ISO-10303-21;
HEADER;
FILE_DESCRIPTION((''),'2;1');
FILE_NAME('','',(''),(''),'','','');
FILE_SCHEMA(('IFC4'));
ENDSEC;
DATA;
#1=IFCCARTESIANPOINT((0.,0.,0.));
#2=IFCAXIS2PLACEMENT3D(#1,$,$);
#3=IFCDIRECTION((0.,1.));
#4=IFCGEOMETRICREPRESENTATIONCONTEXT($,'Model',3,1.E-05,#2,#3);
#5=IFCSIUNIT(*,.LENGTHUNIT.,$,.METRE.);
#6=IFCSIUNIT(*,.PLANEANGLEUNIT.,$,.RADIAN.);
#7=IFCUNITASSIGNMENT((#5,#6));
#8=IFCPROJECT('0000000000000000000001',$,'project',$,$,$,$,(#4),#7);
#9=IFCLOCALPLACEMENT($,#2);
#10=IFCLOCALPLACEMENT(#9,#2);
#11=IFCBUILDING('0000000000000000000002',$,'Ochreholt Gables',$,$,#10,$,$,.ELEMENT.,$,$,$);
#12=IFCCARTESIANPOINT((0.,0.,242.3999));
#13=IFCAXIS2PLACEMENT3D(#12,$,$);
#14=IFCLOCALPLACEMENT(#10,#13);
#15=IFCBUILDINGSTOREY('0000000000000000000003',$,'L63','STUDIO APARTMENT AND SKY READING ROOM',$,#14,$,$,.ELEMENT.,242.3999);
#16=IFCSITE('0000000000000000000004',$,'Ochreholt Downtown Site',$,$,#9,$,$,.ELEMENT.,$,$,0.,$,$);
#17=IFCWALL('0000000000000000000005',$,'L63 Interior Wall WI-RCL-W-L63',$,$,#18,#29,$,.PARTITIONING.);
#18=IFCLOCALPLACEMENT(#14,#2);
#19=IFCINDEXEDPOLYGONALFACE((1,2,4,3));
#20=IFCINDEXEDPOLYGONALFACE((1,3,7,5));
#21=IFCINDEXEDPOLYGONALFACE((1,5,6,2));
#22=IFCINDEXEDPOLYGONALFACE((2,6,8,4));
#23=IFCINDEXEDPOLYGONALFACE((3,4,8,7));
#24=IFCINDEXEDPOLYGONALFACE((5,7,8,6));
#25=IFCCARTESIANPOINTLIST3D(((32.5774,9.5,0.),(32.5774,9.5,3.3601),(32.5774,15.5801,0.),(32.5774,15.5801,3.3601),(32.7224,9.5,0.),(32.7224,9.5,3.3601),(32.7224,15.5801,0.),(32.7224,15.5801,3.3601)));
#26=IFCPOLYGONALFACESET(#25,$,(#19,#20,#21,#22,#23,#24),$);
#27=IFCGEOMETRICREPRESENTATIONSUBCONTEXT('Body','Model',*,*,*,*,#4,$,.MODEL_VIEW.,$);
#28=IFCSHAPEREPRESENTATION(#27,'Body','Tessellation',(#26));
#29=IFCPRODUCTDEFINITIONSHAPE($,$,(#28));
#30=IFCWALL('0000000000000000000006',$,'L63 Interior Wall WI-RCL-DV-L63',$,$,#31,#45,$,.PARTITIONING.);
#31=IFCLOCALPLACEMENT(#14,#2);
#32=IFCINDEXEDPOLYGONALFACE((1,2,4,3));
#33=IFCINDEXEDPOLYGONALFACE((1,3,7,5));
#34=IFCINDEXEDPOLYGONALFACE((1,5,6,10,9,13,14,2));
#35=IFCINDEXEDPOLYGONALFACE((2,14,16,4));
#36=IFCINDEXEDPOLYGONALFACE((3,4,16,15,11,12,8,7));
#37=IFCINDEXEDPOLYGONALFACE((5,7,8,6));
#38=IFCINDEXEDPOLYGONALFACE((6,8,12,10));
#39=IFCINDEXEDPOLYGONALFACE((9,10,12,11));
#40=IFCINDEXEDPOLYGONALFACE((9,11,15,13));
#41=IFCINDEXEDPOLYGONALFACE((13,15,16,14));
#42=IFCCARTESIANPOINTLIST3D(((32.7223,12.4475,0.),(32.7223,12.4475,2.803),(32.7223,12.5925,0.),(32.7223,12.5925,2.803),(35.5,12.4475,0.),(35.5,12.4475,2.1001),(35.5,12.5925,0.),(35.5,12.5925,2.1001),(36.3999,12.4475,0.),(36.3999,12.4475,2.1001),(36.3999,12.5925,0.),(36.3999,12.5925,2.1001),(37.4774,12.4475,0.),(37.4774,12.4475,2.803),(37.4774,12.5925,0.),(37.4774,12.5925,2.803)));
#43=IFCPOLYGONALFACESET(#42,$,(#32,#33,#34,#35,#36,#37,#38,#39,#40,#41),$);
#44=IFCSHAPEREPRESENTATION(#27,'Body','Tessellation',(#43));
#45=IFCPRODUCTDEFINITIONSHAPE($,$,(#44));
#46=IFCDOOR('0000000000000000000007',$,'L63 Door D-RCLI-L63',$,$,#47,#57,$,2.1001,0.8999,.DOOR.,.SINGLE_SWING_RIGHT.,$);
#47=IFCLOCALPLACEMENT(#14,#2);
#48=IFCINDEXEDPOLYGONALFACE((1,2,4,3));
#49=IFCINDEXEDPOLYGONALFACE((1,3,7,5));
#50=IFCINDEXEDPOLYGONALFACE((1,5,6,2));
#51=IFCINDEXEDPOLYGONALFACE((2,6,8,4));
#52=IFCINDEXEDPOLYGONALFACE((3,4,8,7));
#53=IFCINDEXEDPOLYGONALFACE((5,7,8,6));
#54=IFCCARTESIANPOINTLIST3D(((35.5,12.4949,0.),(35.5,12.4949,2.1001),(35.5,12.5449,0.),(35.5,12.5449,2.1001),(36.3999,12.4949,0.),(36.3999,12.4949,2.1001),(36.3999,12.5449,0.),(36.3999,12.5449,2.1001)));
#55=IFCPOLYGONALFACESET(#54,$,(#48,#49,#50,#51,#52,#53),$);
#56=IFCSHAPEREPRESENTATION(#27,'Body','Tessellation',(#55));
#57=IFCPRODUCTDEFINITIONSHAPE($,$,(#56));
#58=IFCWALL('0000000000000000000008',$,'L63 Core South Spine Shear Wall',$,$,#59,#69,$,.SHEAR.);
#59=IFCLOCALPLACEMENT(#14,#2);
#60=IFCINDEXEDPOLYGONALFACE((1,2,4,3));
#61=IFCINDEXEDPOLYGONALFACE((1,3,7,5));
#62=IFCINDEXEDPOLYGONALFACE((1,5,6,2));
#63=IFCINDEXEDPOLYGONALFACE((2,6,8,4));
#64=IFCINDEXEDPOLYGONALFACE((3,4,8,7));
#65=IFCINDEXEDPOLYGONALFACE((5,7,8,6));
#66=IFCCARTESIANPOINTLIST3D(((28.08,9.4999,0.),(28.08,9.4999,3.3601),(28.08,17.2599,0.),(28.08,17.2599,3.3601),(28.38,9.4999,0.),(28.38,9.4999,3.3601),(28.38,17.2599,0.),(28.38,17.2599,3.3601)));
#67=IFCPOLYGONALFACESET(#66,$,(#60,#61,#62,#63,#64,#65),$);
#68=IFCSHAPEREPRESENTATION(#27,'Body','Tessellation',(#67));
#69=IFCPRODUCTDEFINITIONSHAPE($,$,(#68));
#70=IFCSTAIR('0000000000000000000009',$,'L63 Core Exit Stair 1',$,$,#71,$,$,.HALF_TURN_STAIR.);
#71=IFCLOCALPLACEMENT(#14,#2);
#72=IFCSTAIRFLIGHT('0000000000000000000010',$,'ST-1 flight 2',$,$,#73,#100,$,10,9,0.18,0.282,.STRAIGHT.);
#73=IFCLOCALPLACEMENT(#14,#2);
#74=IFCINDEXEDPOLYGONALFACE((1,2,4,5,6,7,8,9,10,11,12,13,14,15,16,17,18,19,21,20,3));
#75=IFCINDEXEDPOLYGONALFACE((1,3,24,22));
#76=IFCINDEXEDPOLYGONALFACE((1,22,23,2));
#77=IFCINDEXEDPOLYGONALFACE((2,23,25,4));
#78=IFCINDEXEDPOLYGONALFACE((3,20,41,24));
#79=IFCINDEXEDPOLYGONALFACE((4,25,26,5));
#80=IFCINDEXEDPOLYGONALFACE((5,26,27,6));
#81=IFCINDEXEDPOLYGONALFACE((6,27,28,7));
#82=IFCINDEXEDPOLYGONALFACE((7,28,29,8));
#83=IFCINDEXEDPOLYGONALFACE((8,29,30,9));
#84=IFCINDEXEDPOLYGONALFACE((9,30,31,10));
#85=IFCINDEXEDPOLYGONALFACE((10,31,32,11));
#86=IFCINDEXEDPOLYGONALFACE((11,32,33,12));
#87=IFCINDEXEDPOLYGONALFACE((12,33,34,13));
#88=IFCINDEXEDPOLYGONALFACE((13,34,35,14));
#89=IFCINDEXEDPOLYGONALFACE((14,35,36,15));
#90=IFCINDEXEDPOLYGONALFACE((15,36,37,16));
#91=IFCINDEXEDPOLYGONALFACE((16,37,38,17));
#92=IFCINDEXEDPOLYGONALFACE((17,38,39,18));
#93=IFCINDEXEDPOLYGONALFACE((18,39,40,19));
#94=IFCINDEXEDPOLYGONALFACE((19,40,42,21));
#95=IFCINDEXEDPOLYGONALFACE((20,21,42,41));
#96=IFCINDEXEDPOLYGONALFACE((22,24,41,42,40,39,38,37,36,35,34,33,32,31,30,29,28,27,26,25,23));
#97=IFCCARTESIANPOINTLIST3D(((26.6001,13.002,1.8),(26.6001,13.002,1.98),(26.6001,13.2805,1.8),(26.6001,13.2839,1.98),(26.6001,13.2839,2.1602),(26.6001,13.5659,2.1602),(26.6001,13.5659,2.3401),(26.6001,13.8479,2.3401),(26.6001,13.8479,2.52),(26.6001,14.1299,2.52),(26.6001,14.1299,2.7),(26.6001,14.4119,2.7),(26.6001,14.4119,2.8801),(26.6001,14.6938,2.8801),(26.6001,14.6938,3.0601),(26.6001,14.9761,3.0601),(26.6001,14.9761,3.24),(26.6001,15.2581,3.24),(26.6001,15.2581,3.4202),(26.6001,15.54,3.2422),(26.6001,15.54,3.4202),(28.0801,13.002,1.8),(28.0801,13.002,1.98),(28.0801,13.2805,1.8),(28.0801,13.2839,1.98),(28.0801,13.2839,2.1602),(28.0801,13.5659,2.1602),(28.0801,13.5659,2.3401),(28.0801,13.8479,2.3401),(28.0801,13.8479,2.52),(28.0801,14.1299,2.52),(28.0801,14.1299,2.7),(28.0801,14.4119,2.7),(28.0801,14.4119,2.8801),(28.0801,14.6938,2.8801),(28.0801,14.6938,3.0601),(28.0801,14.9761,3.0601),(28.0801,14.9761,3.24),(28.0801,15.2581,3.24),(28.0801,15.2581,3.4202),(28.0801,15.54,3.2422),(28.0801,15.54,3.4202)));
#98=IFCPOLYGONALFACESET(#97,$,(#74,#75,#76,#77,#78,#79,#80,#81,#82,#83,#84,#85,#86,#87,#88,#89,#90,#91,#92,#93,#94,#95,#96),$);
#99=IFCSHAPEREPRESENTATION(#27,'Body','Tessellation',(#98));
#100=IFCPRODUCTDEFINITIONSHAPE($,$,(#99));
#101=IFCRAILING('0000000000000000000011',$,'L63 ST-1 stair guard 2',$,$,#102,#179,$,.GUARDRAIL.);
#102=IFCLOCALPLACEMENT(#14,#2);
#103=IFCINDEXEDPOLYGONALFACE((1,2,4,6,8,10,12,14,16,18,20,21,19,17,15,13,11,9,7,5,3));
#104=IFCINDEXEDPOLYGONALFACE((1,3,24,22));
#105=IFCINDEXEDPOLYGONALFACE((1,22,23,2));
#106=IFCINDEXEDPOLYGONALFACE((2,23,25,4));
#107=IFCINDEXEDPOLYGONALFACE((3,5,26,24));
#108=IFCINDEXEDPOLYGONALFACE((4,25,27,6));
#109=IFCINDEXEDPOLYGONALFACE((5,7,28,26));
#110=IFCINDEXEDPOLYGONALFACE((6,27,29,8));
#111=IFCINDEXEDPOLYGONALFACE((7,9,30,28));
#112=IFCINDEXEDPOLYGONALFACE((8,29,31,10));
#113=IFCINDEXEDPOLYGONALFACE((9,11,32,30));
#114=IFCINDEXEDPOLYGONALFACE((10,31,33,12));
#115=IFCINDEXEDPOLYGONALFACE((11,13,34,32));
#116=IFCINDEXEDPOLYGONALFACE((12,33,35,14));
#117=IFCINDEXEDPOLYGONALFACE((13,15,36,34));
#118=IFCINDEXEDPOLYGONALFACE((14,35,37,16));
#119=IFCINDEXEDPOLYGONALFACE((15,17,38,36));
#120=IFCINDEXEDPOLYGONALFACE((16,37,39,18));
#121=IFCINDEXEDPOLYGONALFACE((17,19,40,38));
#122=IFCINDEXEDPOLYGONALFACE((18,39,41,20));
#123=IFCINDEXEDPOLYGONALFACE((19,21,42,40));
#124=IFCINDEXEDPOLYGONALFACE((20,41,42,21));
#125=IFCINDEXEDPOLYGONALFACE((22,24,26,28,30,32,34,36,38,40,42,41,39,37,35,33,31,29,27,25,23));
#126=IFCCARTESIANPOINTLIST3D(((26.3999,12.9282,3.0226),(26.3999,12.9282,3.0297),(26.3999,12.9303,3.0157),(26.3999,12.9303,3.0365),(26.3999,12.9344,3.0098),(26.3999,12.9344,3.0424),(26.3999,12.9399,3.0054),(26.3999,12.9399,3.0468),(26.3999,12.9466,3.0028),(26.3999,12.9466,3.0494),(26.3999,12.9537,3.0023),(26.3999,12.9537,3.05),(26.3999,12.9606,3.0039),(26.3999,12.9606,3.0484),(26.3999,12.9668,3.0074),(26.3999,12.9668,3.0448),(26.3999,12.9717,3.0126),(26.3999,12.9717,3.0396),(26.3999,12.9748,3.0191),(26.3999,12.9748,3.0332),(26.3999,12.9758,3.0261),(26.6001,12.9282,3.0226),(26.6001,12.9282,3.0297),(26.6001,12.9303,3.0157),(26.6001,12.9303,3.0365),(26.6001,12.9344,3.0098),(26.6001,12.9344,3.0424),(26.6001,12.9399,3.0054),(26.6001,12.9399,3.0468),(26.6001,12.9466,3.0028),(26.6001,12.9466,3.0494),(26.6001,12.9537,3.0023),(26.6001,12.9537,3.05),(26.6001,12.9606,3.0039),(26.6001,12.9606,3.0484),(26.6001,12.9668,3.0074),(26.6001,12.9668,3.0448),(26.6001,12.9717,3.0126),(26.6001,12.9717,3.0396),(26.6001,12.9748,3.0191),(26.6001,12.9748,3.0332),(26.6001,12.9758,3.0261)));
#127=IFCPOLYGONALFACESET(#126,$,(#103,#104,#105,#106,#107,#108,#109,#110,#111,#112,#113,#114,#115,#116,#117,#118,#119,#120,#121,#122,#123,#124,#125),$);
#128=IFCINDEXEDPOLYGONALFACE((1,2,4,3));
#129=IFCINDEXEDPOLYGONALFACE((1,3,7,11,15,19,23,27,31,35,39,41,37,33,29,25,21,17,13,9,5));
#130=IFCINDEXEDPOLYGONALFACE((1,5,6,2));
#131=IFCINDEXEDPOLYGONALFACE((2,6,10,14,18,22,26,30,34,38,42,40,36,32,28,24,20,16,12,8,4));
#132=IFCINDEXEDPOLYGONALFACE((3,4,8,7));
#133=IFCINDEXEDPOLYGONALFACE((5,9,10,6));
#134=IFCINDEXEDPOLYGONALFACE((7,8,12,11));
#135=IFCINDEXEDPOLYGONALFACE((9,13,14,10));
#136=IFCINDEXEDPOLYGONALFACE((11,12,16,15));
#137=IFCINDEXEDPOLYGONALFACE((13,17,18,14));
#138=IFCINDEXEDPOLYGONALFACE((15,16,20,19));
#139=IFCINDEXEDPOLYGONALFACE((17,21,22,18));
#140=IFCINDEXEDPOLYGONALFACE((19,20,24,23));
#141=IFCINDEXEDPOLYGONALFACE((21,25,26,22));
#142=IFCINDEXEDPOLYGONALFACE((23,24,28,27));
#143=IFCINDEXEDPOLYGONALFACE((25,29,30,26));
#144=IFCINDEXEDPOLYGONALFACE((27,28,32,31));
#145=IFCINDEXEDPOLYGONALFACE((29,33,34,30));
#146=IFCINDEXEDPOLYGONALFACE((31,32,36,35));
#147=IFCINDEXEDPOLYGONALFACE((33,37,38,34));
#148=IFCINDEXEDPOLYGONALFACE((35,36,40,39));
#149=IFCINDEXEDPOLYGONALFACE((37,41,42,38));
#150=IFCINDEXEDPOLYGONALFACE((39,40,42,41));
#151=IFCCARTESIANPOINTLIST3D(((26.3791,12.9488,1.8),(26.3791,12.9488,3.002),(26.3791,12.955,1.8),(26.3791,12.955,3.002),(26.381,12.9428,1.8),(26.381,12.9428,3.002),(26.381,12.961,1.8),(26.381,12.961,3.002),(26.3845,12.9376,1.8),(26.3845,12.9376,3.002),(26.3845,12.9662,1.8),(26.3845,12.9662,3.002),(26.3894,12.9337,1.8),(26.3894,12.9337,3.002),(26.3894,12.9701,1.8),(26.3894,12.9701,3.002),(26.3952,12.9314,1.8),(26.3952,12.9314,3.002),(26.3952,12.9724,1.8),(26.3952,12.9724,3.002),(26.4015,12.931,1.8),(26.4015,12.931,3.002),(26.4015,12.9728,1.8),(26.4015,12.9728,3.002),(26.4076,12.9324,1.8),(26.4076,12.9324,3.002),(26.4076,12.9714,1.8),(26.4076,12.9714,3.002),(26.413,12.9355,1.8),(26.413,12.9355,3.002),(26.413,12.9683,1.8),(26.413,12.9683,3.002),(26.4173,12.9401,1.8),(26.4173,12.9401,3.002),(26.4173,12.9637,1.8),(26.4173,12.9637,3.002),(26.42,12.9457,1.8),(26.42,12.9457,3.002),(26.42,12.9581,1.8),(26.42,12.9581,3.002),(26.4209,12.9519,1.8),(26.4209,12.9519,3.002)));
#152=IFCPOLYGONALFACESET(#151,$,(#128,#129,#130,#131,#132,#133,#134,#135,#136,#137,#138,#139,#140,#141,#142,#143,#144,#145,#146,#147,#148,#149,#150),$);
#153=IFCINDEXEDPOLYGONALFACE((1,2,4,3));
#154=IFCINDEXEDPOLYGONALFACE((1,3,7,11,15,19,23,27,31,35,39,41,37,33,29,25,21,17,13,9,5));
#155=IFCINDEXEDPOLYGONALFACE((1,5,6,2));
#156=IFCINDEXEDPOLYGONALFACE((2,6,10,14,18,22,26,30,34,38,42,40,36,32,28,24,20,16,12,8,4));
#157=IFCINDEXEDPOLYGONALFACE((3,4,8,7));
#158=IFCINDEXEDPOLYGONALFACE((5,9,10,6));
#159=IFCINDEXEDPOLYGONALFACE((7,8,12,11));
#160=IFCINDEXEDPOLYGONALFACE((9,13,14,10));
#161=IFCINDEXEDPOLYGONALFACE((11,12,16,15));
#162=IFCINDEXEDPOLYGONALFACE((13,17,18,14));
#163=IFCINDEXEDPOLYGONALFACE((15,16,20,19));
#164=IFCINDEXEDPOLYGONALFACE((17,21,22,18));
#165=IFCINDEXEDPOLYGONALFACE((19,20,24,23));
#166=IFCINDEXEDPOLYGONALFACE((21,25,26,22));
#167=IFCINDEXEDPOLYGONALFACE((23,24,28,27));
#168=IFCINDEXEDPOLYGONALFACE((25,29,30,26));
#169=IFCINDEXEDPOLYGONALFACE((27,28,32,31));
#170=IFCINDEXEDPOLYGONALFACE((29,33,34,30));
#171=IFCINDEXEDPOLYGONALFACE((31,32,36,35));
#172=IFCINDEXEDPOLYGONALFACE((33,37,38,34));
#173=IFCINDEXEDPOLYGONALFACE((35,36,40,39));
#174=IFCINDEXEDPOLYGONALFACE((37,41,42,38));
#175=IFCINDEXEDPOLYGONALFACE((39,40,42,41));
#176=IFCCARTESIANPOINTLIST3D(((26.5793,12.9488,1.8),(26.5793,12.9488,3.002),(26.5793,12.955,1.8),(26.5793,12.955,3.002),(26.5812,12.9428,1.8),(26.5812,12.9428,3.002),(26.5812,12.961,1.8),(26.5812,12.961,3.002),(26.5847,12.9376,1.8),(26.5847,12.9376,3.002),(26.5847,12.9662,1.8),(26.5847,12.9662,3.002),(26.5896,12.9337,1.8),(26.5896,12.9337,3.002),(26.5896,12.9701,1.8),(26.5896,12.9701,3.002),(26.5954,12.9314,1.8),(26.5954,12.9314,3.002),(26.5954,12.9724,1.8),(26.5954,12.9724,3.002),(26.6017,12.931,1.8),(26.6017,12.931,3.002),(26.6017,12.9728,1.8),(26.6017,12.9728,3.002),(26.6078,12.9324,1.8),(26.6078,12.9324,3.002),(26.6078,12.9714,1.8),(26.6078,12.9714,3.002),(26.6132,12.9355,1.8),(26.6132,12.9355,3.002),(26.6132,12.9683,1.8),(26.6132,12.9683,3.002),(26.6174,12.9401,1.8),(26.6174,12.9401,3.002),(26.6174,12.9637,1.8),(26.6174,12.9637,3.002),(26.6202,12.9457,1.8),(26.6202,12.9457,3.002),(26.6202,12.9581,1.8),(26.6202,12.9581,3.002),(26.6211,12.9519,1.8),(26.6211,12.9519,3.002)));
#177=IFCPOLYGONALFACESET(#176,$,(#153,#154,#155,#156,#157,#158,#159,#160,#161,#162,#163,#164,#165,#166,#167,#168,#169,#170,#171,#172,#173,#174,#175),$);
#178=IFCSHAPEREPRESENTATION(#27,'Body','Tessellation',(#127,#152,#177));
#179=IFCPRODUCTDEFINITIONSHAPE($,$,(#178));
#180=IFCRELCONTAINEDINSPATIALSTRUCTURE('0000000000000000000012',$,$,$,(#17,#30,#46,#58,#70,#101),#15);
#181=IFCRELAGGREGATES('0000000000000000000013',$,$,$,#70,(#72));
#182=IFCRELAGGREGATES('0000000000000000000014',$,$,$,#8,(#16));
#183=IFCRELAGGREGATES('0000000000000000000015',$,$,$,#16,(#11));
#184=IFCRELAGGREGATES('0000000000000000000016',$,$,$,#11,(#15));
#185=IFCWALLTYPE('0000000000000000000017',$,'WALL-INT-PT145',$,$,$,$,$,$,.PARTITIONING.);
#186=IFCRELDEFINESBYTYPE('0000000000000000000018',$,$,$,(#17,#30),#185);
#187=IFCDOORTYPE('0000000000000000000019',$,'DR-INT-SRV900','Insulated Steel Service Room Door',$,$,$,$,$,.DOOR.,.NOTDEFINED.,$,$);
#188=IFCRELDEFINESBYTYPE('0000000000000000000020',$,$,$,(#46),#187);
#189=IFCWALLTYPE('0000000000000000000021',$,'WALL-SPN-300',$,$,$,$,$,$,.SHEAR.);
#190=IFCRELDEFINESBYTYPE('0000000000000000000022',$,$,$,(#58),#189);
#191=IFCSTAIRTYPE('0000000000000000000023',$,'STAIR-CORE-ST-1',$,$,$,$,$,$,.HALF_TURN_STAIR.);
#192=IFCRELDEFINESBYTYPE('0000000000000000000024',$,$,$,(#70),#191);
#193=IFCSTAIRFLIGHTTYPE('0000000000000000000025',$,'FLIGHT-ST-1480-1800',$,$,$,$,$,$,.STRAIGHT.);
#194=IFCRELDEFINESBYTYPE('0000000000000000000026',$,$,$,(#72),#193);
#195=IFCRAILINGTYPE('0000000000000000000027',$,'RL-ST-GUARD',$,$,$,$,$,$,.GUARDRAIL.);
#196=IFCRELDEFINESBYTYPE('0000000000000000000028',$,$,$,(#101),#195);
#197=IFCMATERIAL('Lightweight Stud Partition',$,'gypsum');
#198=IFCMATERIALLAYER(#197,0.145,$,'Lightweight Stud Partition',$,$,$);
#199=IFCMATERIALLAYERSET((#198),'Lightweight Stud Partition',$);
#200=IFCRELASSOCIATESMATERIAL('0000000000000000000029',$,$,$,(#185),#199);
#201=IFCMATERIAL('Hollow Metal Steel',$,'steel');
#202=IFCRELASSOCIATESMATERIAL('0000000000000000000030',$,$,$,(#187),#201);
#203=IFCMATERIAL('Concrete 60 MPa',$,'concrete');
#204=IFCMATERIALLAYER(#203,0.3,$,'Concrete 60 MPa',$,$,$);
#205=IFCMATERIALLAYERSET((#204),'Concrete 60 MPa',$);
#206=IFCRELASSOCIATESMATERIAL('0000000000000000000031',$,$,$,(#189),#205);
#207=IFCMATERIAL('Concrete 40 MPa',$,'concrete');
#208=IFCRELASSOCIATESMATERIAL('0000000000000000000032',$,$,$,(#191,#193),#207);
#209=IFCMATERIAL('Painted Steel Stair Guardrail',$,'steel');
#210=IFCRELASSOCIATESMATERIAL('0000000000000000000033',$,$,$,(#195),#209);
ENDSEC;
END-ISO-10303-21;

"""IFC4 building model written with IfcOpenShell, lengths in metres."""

from ifc_helpers import new_model, si_unit, direction, frame, frame_2d, origin, origin_2d, place, context, subcontext, project, spatial, polyline, rectangle, circle, outline, extrude, material, layer, layer_set, type_object, element, fill, aggregate, save


model = new_model("IFC4")

# Units and contexts
model_context = context("Model", 3, precision=1e-05, world=origin(), true_north=direction((0.0, 1.0)))
body_context = subcontext(model_context, "Body", "Model", "MODEL_VIEW")
ifc_project = project(units=[si_unit("LENGTHUNIT", "METRE"), si_unit("PLANEANGLEUNIT", "RADIAN")], contexts=[model_context])

# Site, building, storey
site_placement = place(None, origin())
site = spatial("IfcSite", under=ifc_project, at=site_placement, Name="Ochreholt Downtown Site", CompositionType="ELEMENT", RefElevation=0.0)
building_placement = place(site_placement, origin())
building = spatial("IfcBuilding", under=site, at=building_placement, Name="Ochreholt Gables", CompositionType="ELEMENT")
storey_placement = place(building_placement, frame((0.0, 0.0, 242.3999)))
storey = spatial("IfcBuildingStorey", under=building, at=storey_placement, Name="L63", Description="STUDIO APARTMENT AND SKY READING ROOM", CompositionType="ELEMENT", Elevation=242.3999)

# Wall
ifc_material_1 = material(Name="Lightweight Stud Partition", Category="gypsum")
ifc_layer_1 = layer(ifc_material_1, 0.145, Name="Lightweight Stud Partition")
ifc_layer_set_1 = layer_set([ifc_layer_1], Name="Lightweight Stud Partition")
wall_type_1 = type_object("IfcWallType", Name="WALL-INT-PT145", PredefinedType="PARTITIONING", material=ifc_layer_set_1)
wall_1_placement = place(storey_placement, frame((32.6499, 9.5, 0.0), z_axis=(0.0, 0.0, 1.0), x_axis=(0.0, 1.0, 0.0)))
element("IfcWall", 1, at=wall_1_placement, inside=storey, type_object=wall_type_1, Name="L63 Interior Wall WI-RCL-W-L63", PredefinedType="PARTITIONING", context=body_context, shape_type="SweptSolid", body=[
    extrude(rectangle(XDim=6.0801, YDim=0.145, at=frame_2d((3.04, 0.0))), origin(), (0.0, 0.0, 1.0), 3.3601),
])

# Wall, opening, door
wall_2_placement = place(storey_placement, frame((32.7224, 12.52, 0.0), z_axis=(0.0, 0.0, 1.0), x_axis=(1.0, 0.0, 0.0)))
wall_2 = element("IfcWall", 2, at=wall_2_placement, inside=storey, type_object=wall_type_1, Name="L63 Interior Wall WI-RCL-DV-L63", PredefinedType="PARTITIONING", context=body_context, shape_type="SweptSolid", body=[
    extrude(rectangle(XDim=4.7551, YDim=0.145, at=frame_2d((2.3774, 0.0))), origin(), (0.0, 0.0, 1.0), 2.803),
])
opening_1_placement = place(wall_2_placement, frame((2.7776, 0.0, 0.0)))
opening_1 = element("IfcOpeningElement", 3, at=opening_1_placement, cuts=wall_2, PredefinedType="OPENING", context=body_context, shape_type="SweptSolid", body=[
    extrude(rectangle(XDim=0.8999, YDim=2.1001, at=frame_2d((0.45, 1.05))), frame((0.0, 0.0825, 0.0), z_axis=(0.0, -1.0, 0.0), x_axis=(1.0, 0.0, 0.0)), (0.0, 0.0, 1.0), 0.165),
])
ifc_material_2 = material(Name="Hollow Metal Steel", Category="steel")
door_type = type_object("IfcDoorType", Name="DR-INT-SRV900", Description="Insulated Steel Service Room Door", OperationType="NOTDEFINED", PredefinedType="DOOR", material=ifc_material_2)
door_placement = place(opening_1_placement, origin())
door = element("IfcDoor", 4, at=door_placement, inside=storey, type_object=door_type, Name="L63 Door D-RCLI-L63", OperationType="SINGLE_SWING_RIGHT", OverallHeight=2.1001, OverallWidth=0.8999, PredefinedType="DOOR", context=body_context, shape_type="SweptSolid", body=[
    extrude(rectangle(XDim=0.8999, YDim=2.1001, at=frame_2d((0.45, 1.05))), frame((0.0, 0.0249, 0.0), z_axis=(0.0, -1.0, 0.0), x_axis=(1.0, 0.0, 0.0)), (0.0, 0.0, 1.0), 0.05),
])
fill(opening_1, door)

# Wall
ifc_material_3 = material(Name="Concrete 60 MPa", Category="concrete")
ifc_layer_2 = layer(ifc_material_3, 0.3, Name="Concrete 60 MPa")
ifc_layer_set_2 = layer_set([ifc_layer_2], Name="Concrete 60 MPa")
wall_type_2 = type_object("IfcWallType", Name="WALL-SPN-300", PredefinedType="SHEAR", material=ifc_layer_set_2)
wall_3_placement = place(storey_placement, frame((28.23, 9.5, 0.0), z_axis=(0.0, 0.0, 1.0), x_axis=(0.0, 1.0, 0.0)))
element("IfcWall", 5, at=wall_3_placement, inside=storey, type_object=wall_type_2, Name="L63 Core South Spine Shear Wall", PredefinedType="SHEAR", context=body_context, shape_type="SweptSolid", body=[
    extrude(rectangle(XDim=7.76, YDim=0.3, at=frame_2d((3.8799, 0.0))), origin(), (0.0, 0.0, 1.0), 3.3601),
])

# Stair, stair flight
ifc_material_4 = material(Name="Concrete 40 MPa", Category="concrete")
stair_type = type_object("IfcStairType", Name="STAIR-CORE-ST-1", PredefinedType="HALF_TURN_STAIR", material=ifc_material_4)
stair_placement = place(storey_placement, origin())
stair = element("IfcStair", 6, at=stair_placement, inside=storey, type_object=stair_type, Name="L63 Core Exit Stair 1", PredefinedType="HALF_TURN_STAIR")
stair_flight_type = type_object("IfcStairFlightType", Name="FLIGHT-ST-1480-1800", PredefinedType="STRAIGHT", material=ifc_material_4)
stair_flight_placement = place(storey_placement, frame((27.3401, 13.002, 1.8), z_axis=(0.0, 0.0, 1.0), x_axis=(0.0, 1.0, 0.0)))
stair_flight = element("IfcStairFlight", 7, at=stair_flight_placement, type_object=stair_flight_type, Name="ST-1 flight 2", NumberOfRisers=10, NumberOfTreads=9, PredefinedType="STRAIGHT", RiserHeight=0.18, TreadLength=0.282, context=body_context, shape_type="SweptSolid", body=[
    extrude(outline(polyline([(0.0, 0.0), (0.0, 0.1799), (0.282, 0.1799), (0.282, 0.3601), (0.564, 0.3601), (0.564, 0.54), (0.8459, 0.54), (0.8459, 0.72), (1.1279, 0.72), (1.1279, 0.8999), (1.4099, 0.8999), (1.4099, 1.0801), (1.6919, 1.0801), (1.6919, 1.26), (1.9741, 1.26), (1.9741, 1.4399), (2.2561, 1.4399), (2.2561, 1.6201), (2.5381, 1.6201), (2.5381, 1.8), (2.5381, 1.4421), (0.2786, 0.0), (0.0, 0.0)])), frame((0.0, 0.74, 0.0), z_axis=(0.0, -1.0, 0.0), x_axis=(1.0, 0.0, 0.0)), (0.0, 0.0, 1.0), 1.48),
])
aggregate(stair, [stair_flight])

# Railing
ifc_material_5 = material(Name="Painted Steel Stair Guardrail", Category="steel")
railing_type_1 = type_object("IfcRailingType", Name="RL-ST-GUARD", PredefinedType="GUARDRAIL", material=ifc_material_5)
railing_1_placement = place(storey_placement, frame((26.3999, 12.9519, 1.8)))
element("IfcRailing", 8, at=railing_1_placement, inside=storey, type_object=railing_type_1, Name="L63 ST-1 stair guard 2", PredefinedType="GUARDRAIL", context=body_context, shape_type="SweptSolid", body=[
    extrude(circle(Radius=0.0239, at=origin_2d()), frame((0.0, 0.0, 1.2261), z_axis=(1.0, 0.0, 0.0), x_axis=(0.0, 1.0, 0.0)), (0.0, 0.0, 1.0), 0.2002),
    extrude(circle(Radius=0.021, at=origin_2d()), origin(), (0.0, 0.0, 1.0), 1.2019),
    extrude(circle(Radius=0.021, at=origin_2d()), frame((0.2002, 0.0, 0.0)), (0.0, 0.0, 1.0), 1.2019),
])

save(model, "model.ifc")
